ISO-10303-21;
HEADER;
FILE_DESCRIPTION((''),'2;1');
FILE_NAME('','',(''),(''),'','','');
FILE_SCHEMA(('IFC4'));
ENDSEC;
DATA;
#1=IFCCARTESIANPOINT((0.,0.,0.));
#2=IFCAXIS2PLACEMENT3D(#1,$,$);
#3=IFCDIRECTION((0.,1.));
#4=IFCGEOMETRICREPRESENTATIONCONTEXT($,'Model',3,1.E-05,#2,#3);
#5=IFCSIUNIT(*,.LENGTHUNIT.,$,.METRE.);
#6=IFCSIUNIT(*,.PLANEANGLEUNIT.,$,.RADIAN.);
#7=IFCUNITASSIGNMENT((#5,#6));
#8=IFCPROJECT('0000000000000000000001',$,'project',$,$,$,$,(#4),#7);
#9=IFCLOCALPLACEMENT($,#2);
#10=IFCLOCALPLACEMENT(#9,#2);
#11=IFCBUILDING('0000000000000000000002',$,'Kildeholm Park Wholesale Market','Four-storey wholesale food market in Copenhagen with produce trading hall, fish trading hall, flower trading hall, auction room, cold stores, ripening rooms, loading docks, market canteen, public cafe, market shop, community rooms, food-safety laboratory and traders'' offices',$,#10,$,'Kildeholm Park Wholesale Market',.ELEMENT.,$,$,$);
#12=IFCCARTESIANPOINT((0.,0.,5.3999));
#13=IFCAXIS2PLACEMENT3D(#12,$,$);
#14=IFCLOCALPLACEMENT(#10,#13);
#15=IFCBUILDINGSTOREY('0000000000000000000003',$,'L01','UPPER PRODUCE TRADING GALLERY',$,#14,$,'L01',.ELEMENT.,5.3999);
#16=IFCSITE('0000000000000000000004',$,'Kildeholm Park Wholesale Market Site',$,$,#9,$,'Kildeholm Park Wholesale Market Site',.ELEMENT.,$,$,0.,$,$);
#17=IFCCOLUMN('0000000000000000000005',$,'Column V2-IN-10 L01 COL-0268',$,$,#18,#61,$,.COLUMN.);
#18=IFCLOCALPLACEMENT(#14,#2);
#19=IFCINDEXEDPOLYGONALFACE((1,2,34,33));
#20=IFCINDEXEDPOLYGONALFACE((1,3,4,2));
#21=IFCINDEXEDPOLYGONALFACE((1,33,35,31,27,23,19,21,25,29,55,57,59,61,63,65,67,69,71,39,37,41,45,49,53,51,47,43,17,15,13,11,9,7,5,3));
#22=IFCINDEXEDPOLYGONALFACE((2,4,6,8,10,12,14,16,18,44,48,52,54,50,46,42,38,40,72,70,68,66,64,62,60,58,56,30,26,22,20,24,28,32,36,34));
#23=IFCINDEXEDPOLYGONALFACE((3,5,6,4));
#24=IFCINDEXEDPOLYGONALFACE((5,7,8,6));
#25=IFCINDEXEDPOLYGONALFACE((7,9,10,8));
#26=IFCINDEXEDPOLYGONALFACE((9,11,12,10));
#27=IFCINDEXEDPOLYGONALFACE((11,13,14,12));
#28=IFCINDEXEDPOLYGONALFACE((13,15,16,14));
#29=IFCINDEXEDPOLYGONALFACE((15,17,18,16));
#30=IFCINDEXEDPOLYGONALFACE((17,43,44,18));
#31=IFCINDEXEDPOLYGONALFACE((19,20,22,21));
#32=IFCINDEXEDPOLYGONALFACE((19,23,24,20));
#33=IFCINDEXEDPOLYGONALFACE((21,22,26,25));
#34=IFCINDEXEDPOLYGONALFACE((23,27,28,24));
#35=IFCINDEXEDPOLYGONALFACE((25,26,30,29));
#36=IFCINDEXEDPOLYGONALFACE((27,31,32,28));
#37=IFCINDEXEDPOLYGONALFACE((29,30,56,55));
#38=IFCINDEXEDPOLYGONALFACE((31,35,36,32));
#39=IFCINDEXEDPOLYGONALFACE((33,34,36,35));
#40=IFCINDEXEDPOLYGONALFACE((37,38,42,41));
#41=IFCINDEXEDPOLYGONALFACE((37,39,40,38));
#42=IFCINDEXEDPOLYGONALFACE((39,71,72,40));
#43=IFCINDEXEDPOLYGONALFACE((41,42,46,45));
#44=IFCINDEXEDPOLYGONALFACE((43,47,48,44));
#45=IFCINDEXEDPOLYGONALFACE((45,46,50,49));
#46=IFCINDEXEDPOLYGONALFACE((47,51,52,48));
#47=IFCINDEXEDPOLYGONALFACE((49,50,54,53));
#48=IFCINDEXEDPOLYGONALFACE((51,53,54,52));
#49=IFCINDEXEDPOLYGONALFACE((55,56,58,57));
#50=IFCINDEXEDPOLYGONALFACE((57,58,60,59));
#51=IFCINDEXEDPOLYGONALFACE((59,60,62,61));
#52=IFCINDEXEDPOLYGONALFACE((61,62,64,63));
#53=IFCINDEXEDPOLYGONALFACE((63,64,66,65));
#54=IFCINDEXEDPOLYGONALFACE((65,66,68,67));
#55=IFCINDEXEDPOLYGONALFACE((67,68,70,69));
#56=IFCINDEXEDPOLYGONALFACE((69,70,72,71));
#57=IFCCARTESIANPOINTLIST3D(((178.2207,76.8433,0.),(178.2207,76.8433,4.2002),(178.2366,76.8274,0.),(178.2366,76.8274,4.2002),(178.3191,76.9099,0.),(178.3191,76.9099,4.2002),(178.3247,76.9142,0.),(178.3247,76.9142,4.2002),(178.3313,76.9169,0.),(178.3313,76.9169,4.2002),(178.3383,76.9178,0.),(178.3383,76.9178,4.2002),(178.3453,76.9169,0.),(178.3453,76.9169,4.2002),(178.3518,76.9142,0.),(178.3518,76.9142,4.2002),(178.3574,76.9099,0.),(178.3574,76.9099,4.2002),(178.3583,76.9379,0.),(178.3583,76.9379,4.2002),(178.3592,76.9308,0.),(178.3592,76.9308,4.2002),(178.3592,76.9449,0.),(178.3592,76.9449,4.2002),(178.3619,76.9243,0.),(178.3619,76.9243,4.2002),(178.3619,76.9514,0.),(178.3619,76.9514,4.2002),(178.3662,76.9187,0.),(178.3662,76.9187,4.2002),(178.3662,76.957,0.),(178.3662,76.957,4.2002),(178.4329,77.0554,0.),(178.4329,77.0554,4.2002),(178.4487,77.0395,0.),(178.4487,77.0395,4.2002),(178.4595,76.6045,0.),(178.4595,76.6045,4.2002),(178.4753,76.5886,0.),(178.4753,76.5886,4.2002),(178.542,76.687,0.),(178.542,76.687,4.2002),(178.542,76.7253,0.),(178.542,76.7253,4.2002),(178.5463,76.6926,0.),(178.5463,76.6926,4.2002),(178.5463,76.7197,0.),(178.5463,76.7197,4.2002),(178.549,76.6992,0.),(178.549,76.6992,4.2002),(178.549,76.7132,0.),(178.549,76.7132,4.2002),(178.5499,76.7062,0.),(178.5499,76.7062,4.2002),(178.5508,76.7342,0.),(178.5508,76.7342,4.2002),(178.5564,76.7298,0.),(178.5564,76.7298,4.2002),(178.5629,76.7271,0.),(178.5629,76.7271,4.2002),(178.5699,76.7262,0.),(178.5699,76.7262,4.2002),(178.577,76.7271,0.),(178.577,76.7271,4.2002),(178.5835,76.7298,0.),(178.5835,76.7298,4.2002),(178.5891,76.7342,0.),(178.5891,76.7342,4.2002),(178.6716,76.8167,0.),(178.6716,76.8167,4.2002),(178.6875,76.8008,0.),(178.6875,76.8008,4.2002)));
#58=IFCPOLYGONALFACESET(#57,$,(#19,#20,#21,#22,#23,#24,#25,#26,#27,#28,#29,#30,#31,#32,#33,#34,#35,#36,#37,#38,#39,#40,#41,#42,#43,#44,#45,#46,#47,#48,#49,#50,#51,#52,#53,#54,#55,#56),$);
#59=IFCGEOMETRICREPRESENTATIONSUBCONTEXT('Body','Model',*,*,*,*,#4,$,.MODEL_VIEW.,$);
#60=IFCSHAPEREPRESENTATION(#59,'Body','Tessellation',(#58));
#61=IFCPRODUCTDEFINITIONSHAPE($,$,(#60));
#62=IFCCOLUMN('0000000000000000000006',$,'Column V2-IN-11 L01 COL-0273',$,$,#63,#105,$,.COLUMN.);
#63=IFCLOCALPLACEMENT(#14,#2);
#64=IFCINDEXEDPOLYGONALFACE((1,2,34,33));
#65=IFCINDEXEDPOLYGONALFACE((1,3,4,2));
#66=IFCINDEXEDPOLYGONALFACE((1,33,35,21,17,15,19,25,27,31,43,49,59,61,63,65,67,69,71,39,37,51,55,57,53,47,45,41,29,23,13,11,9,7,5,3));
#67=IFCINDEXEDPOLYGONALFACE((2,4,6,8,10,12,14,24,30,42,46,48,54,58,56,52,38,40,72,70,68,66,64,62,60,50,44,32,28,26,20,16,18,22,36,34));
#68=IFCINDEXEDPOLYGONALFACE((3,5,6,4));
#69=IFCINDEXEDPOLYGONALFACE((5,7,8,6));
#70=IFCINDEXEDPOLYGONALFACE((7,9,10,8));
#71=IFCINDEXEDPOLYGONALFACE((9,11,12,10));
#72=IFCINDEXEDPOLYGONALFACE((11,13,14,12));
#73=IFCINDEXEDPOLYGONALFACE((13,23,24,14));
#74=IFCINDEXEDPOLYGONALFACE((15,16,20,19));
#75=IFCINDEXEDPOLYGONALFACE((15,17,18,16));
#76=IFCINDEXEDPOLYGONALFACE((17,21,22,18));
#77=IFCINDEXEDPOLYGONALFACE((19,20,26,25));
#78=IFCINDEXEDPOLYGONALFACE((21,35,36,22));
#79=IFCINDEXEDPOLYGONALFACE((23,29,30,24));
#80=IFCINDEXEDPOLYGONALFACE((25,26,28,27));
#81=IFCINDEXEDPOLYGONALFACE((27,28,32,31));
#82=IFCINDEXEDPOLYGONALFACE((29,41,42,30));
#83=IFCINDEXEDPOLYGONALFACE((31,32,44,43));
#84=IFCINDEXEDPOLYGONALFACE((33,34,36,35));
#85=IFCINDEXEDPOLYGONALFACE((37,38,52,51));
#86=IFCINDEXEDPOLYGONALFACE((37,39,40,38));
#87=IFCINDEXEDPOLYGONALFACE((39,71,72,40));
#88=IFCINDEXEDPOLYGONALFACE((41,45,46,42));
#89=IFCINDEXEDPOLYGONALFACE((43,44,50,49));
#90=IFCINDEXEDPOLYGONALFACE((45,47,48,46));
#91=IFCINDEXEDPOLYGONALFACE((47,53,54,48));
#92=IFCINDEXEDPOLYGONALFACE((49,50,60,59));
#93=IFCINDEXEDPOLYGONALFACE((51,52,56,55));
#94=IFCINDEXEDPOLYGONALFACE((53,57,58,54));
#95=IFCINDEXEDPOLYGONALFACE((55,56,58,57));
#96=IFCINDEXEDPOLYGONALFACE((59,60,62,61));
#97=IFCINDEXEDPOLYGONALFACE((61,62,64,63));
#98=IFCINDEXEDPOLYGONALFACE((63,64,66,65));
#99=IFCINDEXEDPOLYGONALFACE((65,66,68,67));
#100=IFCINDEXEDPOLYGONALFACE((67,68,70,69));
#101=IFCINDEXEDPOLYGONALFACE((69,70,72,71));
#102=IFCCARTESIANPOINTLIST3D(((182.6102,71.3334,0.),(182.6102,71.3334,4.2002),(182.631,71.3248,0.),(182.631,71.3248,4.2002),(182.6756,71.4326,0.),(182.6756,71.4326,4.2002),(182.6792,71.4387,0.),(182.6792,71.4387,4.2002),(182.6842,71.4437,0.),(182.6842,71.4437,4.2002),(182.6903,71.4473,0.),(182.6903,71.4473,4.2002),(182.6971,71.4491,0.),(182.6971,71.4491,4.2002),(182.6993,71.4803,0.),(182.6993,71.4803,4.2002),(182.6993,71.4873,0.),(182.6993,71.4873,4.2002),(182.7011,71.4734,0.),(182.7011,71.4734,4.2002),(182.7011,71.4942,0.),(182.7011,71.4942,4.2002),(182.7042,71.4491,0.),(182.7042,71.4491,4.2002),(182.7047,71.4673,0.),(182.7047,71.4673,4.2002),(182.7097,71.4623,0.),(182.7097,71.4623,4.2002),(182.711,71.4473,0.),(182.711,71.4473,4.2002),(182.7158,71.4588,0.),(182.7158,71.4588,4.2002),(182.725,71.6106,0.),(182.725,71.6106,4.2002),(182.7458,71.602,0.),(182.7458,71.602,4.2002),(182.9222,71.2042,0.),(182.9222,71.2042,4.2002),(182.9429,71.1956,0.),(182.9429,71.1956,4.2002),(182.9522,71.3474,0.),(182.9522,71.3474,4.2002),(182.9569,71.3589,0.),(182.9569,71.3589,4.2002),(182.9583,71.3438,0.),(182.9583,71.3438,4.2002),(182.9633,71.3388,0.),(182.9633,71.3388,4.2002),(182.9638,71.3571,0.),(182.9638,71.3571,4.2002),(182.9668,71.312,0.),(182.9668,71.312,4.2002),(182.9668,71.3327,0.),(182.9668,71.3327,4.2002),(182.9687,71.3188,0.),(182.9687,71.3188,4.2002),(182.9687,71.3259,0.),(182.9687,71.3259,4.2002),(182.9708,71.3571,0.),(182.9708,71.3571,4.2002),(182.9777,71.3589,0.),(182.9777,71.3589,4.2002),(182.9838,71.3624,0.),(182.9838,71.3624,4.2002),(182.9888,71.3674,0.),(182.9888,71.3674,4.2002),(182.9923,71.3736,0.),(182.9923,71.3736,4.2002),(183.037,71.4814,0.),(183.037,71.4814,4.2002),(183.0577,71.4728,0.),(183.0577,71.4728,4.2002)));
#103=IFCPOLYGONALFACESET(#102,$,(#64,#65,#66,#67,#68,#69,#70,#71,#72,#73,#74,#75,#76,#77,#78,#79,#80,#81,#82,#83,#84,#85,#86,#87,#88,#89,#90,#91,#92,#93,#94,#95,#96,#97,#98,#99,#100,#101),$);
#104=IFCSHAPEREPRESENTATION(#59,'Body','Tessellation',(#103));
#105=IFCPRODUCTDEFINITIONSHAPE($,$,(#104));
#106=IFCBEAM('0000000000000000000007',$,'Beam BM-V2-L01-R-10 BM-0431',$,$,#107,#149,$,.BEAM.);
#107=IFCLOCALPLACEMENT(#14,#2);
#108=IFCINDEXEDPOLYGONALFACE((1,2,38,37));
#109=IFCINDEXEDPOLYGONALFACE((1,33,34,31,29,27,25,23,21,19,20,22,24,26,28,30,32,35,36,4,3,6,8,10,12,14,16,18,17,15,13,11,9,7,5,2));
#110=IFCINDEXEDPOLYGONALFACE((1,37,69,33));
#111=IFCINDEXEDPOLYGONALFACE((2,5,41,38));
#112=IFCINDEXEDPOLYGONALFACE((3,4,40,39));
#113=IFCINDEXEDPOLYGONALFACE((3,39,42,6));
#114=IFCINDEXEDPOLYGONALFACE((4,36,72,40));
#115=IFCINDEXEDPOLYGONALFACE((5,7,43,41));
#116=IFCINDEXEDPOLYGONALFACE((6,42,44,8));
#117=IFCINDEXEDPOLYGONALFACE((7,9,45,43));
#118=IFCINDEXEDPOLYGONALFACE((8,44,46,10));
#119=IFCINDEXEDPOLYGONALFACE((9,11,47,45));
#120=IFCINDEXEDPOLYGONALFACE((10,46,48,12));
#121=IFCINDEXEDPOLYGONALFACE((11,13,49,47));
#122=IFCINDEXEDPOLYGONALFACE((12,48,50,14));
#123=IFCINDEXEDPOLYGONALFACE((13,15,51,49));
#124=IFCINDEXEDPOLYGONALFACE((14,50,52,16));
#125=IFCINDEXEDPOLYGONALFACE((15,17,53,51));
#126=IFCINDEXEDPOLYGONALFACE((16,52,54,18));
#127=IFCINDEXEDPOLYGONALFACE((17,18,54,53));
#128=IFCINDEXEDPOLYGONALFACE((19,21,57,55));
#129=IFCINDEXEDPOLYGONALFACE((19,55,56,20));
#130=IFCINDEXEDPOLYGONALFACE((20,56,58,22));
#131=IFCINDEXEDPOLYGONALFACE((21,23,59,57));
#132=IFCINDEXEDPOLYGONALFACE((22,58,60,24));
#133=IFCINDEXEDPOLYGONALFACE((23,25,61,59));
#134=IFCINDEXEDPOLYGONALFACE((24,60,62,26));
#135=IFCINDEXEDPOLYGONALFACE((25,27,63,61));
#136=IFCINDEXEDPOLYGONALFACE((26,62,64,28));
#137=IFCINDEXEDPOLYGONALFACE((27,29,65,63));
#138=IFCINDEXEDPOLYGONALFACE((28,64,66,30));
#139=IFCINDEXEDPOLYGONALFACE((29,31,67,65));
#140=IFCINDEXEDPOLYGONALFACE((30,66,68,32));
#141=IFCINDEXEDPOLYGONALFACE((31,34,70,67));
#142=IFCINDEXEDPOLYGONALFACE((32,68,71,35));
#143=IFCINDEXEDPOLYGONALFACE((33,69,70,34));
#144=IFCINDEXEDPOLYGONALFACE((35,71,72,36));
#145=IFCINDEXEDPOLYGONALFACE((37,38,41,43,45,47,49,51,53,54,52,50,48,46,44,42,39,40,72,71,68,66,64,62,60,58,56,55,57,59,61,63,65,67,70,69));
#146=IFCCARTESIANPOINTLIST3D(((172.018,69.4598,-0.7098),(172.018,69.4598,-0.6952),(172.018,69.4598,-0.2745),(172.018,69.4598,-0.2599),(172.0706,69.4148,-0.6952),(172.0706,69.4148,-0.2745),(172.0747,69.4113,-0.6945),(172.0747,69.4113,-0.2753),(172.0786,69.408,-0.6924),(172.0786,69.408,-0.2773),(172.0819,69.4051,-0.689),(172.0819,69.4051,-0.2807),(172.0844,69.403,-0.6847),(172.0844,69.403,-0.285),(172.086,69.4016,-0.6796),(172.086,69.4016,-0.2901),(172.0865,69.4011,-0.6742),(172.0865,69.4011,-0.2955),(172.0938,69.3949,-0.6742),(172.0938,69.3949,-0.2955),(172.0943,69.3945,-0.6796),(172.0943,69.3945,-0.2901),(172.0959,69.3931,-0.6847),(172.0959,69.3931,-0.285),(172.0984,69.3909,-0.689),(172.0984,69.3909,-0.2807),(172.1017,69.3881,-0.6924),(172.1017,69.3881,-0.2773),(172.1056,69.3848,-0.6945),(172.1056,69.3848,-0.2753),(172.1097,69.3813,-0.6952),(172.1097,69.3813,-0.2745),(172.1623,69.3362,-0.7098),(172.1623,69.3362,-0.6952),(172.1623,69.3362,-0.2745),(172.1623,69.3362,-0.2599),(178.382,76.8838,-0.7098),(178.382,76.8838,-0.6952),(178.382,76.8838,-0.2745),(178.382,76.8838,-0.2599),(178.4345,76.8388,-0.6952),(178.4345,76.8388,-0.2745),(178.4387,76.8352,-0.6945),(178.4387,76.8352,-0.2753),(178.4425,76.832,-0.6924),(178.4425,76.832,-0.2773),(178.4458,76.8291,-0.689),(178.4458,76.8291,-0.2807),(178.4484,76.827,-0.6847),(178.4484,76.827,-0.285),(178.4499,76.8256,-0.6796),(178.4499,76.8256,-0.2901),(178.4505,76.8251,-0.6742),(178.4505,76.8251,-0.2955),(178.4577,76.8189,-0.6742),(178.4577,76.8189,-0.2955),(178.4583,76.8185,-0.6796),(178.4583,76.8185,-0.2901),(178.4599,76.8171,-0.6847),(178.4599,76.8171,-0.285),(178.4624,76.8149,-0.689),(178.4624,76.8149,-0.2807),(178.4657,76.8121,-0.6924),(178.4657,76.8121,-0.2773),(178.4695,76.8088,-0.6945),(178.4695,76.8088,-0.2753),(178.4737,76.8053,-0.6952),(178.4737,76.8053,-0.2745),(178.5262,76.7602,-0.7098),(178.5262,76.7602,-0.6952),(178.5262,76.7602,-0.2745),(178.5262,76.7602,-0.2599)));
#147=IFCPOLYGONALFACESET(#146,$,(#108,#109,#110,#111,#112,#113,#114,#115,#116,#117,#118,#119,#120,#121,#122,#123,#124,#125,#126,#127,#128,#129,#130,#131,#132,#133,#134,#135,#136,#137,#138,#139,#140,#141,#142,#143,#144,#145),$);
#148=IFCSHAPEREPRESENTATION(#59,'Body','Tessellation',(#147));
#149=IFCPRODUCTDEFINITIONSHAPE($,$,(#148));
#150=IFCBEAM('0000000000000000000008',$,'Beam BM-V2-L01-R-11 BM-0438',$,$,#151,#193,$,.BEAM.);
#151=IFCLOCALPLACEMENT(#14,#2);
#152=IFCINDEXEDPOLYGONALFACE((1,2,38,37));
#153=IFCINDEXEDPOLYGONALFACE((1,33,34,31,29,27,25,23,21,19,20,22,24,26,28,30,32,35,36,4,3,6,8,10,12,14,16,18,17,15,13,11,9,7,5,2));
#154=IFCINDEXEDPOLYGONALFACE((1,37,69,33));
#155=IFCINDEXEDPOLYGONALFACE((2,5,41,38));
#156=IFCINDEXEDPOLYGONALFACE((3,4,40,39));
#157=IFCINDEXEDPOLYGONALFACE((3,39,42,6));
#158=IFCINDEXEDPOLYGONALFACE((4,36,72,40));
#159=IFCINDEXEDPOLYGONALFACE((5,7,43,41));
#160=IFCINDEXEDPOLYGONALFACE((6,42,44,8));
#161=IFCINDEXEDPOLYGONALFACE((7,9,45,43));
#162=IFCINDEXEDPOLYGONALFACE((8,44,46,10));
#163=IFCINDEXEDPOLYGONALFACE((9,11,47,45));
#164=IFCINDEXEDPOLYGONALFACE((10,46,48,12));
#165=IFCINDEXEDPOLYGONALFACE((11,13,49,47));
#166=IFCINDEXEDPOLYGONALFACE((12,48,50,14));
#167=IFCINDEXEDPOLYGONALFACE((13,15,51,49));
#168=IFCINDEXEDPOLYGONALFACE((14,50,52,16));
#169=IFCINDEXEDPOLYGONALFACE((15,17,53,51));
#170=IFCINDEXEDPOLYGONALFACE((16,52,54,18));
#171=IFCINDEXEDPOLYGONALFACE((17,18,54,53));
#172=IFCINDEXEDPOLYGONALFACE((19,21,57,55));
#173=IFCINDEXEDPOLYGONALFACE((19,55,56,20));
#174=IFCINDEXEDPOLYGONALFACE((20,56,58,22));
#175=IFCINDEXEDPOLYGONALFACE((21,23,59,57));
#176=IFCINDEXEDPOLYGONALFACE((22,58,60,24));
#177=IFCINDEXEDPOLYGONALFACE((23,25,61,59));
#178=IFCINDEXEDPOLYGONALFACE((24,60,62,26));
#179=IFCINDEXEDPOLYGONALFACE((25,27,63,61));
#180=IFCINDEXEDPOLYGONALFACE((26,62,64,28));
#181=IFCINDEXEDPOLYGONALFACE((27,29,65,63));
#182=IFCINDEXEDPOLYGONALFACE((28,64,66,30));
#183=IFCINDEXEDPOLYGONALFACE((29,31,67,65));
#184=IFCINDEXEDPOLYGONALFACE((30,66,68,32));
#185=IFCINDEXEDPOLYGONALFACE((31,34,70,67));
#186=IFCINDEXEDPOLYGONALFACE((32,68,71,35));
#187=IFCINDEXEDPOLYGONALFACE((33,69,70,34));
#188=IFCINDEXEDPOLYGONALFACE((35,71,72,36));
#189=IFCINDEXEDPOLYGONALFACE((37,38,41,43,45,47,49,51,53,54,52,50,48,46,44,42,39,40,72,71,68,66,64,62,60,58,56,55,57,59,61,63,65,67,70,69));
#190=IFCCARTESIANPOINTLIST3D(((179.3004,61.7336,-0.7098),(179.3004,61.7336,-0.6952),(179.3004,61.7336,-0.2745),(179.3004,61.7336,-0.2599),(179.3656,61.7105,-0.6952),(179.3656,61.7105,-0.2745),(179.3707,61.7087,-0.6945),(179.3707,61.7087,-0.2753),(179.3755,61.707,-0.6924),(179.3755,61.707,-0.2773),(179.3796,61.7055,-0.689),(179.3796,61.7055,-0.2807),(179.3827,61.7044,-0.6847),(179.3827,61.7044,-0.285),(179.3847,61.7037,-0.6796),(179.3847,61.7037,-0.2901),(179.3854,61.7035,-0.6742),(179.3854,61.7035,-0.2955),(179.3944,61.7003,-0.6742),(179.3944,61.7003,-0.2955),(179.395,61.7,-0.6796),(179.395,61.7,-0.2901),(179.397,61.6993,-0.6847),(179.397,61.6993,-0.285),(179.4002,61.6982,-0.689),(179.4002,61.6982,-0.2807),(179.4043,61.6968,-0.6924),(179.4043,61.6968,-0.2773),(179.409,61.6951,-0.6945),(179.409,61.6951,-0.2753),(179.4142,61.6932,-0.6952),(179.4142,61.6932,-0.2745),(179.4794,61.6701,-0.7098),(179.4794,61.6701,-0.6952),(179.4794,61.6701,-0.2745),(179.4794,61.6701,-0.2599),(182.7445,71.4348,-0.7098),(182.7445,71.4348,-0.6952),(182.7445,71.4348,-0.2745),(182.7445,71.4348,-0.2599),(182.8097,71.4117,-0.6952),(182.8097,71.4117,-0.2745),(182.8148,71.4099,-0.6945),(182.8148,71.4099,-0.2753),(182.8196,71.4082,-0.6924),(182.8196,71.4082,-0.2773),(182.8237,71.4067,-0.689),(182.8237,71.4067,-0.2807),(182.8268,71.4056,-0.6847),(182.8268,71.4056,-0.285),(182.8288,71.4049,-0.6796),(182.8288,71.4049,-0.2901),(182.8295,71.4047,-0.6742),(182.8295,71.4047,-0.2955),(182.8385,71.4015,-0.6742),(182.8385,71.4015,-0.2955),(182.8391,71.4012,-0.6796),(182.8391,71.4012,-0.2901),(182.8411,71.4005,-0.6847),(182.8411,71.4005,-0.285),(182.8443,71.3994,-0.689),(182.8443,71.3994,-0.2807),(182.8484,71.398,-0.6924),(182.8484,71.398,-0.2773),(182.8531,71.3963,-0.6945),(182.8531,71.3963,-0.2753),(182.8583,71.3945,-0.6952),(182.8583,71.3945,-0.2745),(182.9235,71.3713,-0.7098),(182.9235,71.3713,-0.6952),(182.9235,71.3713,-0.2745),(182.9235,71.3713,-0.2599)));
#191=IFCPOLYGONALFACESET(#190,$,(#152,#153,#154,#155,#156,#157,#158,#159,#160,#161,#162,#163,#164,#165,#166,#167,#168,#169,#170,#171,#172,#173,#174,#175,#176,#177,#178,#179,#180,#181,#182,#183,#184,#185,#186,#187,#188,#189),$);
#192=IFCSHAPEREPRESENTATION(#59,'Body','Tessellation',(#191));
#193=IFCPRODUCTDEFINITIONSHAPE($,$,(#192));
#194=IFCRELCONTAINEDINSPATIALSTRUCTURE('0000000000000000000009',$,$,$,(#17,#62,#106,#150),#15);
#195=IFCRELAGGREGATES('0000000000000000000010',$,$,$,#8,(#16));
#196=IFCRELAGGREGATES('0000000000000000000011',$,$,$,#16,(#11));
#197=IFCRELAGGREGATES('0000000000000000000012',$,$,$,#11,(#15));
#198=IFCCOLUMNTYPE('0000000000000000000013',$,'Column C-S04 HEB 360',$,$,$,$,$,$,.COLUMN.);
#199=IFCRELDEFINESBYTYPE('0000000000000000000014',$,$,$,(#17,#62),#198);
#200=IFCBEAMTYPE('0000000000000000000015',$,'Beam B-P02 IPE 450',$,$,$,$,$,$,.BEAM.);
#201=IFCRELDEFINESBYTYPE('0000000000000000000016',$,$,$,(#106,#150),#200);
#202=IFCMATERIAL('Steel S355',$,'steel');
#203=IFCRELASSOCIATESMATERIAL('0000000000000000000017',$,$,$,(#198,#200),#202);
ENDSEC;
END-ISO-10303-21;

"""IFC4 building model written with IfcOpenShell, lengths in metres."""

from ifc_helpers import new_model, si_unit, direction, frame, origin, origin_2d, place, context, subcontext, project, spatial, i_section, extrude, material, material_profile, profile_set, type_object, element, save


model = new_model("IFC4")

# Units and contexts
model_context = context("Model", 3, precision=1e-05, world=origin(), true_north=direction((0.0, 1.0)))
body_context = subcontext(model_context, "Body", "Model", "MODEL_VIEW")
ifc_project = project(units=[si_unit("LENGTHUNIT", "METRE"), si_unit("PLANEANGLEUNIT", "RADIAN")], contexts=[model_context])

# Site, building, storey
site_placement = place(None, origin())
site = spatial("IfcSite", under=ifc_project, at=site_placement, Name="Kildeholm Park Wholesale Market Site", LongName="Kildeholm Park Wholesale Market Site", CompositionType="ELEMENT", RefElevation=0.0)
building_placement = place(site_placement, origin())
building = spatial("IfcBuilding", under=site, at=building_placement, Name="Kildeholm Park Wholesale Market", Description="Four-storey wholesale food market in Copenhagen with produce trading hall, fish trading hall, flower trading hall, auction room, cold stores, ripening rooms, loading docks, market canteen, public cafe, market shop, community rooms, food-safety laboratory and traders' offices", LongName="Kildeholm Park Wholesale Market", CompositionType="ELEMENT")
storey_placement = place(building_placement, frame((0.0, 0.0, 5.3999)))
storey = spatial("IfcBuildingStorey", under=building, at=storey_placement, Name="L01", Description="UPPER PRODUCE TRADING GALLERY", LongName="L01", CompositionType="ELEMENT", Elevation=5.3999)

# Columns
ifc_material_1 = material(Name="Steel S355", Category="steel")
ifc_material_profile_1 = material_profile(ifc_material_1, i_section(OverallWidth=0.3, OverallDepth=0.3601, WebThickness=0.0125, FlangeThickness=0.0225, FilletRadius=0.0271, at=origin_2d()), Name="HEB 360")
ifc_profile_set_1 = profile_set([ifc_material_profile_1], Name="Steel S355")
column_type = type_object("IfcColumnType", Name="Column C-S04 HEB 360", PredefinedType="COLUMN", material=ifc_profile_set_1)
for number, where, z_axis, x_axis, name in (
    (1, (178.4541, 76.822, 0.0), (0.0, 0.0, 1.0), (-0.707107, -0.707107, 0.0), "Column V2-IN-10 L01 COL-0268"),
    (2, (182.834, 71.4031, 0.0), (0.0, 0.0, 1.0), (-0.382683, -0.92388, 0.0), "Column V2-IN-11 L01 COL-0273"),
):
    element("IfcColumn", number, at=place(storey_placement, frame(where, z_axis=z_axis, x_axis=x_axis)), inside=storey, type_object=column_type, Name=name, PredefinedType="COLUMN", context=body_context, shape_type="SweptSolid", body=[
        extrude(i_section(OverallWidth=0.3, OverallDepth=0.3601, WebThickness=0.0125, FlangeThickness=0.0225, FilletRadius=0.0271, at=origin_2d()), origin(), (0.0, 0.0, 1.0), 4.2002),
    ])

# Beams
ifc_material_profile_2 = material_profile(ifc_material_1, i_section(OverallWidth=0.1899, OverallDepth=0.45, WebThickness=0.0095, FlangeThickness=0.0146, FilletRadius=0.021, at=origin_2d()), Name="IPE 450")
ifc_profile_set_2 = profile_set([ifc_material_profile_2], Name="Steel S355")
beam_type_1 = type_object("IfcBeamType", Name="Beam B-P02 IPE 450", PredefinedType="BEAM", material=ifc_profile_set_2)
beam_1_placement = place(storey_placement, frame((178.4541, 76.822, -0.4849), z_axis=(-0.650822, -0.75923, 0.0), x_axis=(0.75923, -0.650822, 0.0)))
element("IfcBeam", 3, at=beam_1_placement, inside=storey, type_object=beam_type_1, Name="Beam BM-V2-L01-R-10 BM-0431", PredefinedType="BEAM", context=body_context, shape_type="SweptSolid", body=[
    extrude(i_section(OverallWidth=0.1899, OverallDepth=0.45, WebThickness=0.0095, FlangeThickness=0.0146, FilletRadius=0.021, at=origin_2d()), origin(), (0.0, 0.0, 1.0), 9.7783),
])
beam_2_placement = place(storey_placement, frame((182.834, 71.4031, -0.4849), z_axis=(-0.33456, -0.942374, 0.0), x_axis=(0.942374, -0.33456, 0.0)))
element("IfcBeam", 4, at=beam_2_placement, inside=storey, type_object=beam_type_1, Name="Beam BM-V2-L01-R-11 BM-0438", PredefinedType="BEAM", context=body_context, shape_type="SweptSolid", body=[
    extrude(i_section(OverallWidth=0.1899, OverallDepth=0.45, WebThickness=0.0095, FlangeThickness=0.0146, FilletRadius=0.021, at=origin_2d()), origin(), (0.0, 0.0, 1.0), 10.2944),
])

save(model, "model.ifc")
